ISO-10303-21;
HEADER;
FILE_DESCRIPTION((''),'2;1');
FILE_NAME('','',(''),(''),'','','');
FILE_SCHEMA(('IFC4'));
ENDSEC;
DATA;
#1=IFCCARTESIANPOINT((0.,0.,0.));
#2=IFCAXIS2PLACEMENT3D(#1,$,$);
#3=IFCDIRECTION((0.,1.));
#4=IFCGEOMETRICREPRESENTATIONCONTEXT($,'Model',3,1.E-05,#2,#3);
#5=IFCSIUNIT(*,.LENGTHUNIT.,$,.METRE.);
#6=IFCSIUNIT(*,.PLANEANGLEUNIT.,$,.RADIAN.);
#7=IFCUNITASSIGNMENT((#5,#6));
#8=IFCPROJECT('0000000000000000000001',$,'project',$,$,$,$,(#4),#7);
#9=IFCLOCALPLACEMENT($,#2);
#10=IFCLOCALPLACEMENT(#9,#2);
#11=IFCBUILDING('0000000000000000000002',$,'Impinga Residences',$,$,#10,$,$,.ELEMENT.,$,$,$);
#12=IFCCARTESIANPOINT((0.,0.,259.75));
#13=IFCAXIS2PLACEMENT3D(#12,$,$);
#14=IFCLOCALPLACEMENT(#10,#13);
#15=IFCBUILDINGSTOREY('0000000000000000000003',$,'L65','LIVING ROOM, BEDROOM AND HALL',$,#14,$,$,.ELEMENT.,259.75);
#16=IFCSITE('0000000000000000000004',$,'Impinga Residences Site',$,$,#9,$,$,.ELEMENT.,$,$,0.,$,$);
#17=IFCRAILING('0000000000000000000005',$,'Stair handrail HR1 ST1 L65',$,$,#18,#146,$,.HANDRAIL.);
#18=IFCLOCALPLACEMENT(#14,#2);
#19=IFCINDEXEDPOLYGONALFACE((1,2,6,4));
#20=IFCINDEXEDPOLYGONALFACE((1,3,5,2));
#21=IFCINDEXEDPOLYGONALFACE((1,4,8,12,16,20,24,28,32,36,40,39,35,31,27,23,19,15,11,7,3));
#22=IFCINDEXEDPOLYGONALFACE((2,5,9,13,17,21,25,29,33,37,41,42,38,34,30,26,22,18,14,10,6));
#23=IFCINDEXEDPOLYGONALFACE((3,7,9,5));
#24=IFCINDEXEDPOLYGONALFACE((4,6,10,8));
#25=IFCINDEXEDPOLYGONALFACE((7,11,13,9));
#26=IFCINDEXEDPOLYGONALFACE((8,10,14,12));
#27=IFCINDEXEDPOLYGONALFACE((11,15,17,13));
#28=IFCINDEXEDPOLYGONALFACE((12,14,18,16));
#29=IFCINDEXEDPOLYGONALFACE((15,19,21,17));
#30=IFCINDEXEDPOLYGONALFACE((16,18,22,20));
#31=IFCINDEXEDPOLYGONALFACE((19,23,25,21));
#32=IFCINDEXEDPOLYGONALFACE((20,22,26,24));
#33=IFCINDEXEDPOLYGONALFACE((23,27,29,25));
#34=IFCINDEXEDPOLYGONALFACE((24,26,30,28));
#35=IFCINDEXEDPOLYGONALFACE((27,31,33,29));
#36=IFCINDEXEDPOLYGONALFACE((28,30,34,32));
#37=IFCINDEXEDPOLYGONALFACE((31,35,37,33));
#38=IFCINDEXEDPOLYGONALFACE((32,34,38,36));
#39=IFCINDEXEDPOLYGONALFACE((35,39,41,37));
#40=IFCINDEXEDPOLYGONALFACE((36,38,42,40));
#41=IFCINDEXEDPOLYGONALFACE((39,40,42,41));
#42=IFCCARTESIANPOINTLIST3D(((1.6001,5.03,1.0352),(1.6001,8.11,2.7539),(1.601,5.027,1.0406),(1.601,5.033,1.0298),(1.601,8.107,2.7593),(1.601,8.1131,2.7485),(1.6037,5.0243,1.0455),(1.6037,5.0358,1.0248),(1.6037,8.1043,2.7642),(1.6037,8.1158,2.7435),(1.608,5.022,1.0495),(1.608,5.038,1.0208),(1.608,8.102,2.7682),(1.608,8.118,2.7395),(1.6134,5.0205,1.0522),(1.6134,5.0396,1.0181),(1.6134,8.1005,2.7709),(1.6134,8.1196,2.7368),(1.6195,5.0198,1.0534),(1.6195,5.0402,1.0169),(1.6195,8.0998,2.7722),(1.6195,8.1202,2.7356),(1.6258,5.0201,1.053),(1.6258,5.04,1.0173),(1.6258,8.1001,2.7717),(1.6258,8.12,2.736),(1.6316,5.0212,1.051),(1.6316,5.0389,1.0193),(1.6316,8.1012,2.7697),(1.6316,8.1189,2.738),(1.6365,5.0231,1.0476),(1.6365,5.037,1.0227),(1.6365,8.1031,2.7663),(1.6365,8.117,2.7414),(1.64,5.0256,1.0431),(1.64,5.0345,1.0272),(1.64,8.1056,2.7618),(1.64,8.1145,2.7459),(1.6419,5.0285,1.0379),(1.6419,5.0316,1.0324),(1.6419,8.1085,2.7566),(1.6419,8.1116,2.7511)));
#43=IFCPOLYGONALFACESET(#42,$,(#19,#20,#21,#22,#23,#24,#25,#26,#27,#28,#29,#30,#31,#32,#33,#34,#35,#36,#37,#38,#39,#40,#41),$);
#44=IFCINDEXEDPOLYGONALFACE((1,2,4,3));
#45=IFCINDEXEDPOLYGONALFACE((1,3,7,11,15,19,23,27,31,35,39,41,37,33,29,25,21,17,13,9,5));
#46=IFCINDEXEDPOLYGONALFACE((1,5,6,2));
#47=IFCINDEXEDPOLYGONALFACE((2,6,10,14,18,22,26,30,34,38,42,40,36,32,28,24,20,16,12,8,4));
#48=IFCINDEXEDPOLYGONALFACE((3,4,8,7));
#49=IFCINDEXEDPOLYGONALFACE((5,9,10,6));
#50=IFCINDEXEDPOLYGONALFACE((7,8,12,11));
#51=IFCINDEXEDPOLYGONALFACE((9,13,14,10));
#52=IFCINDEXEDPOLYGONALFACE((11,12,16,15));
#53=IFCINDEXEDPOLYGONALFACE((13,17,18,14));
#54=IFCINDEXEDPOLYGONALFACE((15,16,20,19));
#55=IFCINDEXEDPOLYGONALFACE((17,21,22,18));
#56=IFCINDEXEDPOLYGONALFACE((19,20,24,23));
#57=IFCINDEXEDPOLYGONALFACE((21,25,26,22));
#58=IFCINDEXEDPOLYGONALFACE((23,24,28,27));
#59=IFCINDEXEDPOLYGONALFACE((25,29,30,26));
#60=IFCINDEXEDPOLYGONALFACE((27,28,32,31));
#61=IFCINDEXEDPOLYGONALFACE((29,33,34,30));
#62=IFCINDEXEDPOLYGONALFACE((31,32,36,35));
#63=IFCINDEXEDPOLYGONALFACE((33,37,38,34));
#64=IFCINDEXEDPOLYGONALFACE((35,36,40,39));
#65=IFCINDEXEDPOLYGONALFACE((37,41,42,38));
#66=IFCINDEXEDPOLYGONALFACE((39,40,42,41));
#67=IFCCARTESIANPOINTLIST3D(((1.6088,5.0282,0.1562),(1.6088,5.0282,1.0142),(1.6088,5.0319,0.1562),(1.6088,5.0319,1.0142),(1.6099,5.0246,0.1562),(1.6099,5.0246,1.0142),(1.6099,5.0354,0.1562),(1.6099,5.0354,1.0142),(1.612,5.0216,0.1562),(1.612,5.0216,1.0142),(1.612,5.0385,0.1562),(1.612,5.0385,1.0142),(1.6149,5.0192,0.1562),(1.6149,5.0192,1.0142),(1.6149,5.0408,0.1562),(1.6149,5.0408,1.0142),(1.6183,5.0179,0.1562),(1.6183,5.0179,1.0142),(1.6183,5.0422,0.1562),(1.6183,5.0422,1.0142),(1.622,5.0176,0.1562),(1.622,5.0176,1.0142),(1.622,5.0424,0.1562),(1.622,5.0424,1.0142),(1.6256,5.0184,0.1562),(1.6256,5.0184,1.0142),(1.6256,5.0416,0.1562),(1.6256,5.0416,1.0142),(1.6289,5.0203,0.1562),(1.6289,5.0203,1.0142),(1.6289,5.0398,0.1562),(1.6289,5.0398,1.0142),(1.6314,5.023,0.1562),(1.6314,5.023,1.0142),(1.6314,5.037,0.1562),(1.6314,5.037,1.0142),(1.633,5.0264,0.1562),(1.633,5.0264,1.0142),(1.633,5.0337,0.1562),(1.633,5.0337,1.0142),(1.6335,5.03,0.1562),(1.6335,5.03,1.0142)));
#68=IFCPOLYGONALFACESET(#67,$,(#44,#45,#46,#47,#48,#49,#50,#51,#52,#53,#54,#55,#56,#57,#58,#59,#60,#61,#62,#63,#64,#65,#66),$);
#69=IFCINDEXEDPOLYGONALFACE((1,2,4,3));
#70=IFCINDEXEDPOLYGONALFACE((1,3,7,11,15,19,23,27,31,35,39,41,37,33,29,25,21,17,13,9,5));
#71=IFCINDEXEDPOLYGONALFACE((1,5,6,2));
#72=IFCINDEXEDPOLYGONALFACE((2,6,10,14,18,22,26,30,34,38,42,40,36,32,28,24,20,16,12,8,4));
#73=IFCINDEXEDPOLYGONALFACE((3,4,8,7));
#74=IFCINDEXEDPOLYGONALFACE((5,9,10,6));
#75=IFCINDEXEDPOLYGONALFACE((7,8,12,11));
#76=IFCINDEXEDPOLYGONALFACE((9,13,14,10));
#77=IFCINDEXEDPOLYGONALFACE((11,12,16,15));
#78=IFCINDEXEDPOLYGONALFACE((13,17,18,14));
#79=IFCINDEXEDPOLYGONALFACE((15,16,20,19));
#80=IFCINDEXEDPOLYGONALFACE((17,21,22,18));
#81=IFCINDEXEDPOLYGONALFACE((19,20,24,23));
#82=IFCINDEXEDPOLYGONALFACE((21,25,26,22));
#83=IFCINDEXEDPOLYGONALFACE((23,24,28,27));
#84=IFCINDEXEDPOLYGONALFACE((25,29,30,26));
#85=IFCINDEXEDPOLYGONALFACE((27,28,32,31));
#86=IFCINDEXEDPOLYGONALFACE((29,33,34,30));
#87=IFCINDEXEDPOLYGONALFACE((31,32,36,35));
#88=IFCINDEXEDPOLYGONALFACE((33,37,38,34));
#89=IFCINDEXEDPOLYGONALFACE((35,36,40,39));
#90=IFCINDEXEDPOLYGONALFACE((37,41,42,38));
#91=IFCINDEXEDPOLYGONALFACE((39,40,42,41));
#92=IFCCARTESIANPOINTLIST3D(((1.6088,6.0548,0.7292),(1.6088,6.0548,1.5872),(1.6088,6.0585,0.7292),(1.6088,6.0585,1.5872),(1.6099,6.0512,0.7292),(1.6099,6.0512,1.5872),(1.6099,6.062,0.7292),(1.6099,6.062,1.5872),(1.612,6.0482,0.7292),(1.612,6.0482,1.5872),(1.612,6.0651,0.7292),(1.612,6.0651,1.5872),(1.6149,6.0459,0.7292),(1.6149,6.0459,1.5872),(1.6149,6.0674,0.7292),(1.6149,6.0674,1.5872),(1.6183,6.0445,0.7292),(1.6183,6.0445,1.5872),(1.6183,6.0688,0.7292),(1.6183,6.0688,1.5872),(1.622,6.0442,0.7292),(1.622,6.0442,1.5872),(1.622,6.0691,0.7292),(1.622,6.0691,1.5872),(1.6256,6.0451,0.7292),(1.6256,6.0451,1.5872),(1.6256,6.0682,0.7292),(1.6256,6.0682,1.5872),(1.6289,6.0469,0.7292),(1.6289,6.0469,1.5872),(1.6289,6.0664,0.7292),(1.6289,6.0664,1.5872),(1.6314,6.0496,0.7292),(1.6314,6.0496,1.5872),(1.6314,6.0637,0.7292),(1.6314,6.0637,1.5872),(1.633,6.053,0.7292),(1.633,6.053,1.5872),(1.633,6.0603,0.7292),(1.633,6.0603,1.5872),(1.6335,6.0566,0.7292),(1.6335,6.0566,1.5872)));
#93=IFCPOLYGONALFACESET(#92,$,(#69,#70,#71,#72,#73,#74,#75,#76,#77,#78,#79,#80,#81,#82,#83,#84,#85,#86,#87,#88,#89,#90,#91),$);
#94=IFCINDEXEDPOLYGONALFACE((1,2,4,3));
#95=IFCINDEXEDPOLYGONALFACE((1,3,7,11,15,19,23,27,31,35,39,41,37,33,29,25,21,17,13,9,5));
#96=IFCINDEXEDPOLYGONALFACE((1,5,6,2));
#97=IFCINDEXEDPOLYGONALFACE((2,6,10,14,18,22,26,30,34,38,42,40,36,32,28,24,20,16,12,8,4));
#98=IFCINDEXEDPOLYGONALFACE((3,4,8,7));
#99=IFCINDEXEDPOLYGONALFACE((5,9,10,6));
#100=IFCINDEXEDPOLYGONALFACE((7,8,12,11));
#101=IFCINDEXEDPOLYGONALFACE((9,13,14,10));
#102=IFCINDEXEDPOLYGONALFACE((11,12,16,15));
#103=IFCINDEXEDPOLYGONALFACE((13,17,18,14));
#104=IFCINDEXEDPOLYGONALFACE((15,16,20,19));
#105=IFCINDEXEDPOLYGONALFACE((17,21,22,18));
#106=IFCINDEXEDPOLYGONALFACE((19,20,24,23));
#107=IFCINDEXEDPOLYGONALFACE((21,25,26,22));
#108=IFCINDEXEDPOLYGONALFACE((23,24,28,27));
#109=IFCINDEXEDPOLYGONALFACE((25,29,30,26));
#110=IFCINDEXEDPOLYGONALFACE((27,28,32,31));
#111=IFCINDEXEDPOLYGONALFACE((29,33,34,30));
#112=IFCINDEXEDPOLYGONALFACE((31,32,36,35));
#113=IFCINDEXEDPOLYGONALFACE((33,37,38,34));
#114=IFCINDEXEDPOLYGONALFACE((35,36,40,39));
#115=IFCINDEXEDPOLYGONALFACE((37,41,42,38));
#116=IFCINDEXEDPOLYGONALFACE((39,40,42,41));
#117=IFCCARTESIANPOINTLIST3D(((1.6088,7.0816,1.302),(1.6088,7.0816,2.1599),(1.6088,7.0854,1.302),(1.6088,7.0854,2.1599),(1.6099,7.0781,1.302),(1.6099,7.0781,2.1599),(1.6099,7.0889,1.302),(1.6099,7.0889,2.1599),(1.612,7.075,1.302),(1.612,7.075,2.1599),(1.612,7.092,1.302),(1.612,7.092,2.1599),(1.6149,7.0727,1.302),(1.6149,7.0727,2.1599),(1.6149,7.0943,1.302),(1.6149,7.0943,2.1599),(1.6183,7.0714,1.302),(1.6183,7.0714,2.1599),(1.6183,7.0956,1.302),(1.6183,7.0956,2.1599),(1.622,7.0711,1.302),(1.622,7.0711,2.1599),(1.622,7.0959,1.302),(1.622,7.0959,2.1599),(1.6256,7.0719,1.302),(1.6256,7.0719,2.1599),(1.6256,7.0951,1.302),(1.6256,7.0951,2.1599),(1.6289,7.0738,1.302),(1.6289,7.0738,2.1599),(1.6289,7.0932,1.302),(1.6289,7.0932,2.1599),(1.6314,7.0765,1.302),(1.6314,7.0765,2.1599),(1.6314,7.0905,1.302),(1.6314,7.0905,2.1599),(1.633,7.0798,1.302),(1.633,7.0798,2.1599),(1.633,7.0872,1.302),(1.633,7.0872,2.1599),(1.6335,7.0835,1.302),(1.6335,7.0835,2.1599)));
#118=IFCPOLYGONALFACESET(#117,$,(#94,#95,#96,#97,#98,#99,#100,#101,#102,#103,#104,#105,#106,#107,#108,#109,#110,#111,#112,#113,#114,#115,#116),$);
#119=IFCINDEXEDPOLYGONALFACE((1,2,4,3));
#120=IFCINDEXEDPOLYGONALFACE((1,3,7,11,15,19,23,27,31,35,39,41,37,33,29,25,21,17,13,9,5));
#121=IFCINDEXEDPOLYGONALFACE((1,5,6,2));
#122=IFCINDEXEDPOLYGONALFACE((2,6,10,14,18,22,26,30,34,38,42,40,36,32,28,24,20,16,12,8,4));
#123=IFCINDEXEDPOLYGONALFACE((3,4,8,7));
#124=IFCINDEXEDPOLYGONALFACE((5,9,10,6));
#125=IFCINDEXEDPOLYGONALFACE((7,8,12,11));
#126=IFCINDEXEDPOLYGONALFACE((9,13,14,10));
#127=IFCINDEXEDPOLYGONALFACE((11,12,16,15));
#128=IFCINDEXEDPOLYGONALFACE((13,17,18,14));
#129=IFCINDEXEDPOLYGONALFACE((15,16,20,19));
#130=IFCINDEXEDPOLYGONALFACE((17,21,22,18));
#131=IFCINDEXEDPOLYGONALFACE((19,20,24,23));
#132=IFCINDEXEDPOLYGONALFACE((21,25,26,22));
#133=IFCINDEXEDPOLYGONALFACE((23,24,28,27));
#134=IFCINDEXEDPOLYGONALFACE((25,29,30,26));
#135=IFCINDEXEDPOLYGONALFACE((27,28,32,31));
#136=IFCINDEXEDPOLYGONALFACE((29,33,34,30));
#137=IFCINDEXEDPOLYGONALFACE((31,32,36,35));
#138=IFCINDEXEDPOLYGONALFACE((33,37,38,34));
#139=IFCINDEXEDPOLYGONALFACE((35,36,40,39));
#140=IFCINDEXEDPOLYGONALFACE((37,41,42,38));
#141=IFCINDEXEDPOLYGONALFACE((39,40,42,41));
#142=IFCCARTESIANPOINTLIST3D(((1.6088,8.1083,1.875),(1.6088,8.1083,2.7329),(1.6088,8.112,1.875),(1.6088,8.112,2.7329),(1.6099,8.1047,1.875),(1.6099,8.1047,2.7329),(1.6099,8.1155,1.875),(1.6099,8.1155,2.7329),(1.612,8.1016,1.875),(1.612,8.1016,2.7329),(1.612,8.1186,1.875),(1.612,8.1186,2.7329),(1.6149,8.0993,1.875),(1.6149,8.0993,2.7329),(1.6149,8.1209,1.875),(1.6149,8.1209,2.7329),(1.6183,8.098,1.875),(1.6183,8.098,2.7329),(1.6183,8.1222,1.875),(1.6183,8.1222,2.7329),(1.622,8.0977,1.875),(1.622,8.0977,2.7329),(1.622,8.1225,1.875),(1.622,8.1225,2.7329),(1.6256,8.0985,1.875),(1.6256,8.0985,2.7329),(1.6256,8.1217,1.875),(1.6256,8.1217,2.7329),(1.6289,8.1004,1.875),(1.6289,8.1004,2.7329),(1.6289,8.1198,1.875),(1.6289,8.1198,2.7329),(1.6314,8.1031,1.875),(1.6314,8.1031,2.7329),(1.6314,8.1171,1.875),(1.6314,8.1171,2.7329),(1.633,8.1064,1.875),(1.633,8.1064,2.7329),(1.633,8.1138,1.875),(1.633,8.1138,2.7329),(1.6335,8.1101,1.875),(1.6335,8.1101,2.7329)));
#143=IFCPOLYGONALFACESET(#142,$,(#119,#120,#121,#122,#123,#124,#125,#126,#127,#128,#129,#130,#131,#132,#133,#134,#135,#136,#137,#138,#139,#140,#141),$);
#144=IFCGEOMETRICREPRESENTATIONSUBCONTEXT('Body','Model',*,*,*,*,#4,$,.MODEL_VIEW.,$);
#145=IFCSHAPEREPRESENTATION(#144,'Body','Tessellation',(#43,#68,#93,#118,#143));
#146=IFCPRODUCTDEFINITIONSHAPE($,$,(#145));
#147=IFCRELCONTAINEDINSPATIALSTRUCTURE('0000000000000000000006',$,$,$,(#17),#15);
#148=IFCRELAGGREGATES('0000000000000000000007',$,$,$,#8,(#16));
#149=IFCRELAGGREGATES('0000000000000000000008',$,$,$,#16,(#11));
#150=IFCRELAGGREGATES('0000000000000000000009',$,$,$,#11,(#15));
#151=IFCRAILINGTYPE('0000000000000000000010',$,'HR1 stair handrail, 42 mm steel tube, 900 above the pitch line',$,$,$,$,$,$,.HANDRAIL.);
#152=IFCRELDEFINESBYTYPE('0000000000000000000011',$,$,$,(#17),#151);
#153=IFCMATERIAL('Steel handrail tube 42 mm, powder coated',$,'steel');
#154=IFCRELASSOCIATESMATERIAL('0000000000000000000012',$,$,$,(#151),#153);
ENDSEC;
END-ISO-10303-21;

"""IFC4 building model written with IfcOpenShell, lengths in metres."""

from ifc_helpers import new_model, si_unit, direction, frame, origin, origin_2d, place, context, subcontext, project, spatial, circle, extrude, material, type_object, element, save


model = new_model("IFC4")

# Units and contexts
model_context = context("Model", 3, precision=1e-05, world=origin(), true_north=direction((0.0, 1.0)))
body_context = subcontext(model_context, "Body", "Model", "MODEL_VIEW")
ifc_project = project(units=[si_unit("LENGTHUNIT", "METRE"), si_unit("PLANEANGLEUNIT", "RADIAN")], contexts=[model_context])

# Site, building, storey
site_placement = place(None, origin())
site = spatial("IfcSite", under=ifc_project, at=site_placement, Name="Impinga Residences Site", CompositionType="ELEMENT", RefElevation=0.0)
building_placement = place(site_placement, origin())
building = spatial("IfcBuilding", under=site, at=building_placement, Name="Impinga Residences", CompositionType="ELEMENT")
storey_placement = place(building_placement, frame((0.0, 0.0, 259.75)))
storey = spatial("IfcBuildingStorey", under=building, at=storey_placement, Name="L65", Description="LIVING ROOM, BEDROOM AND HALL", CompositionType="ELEMENT", Elevation=259.75)

# Railing
ifc_material_1 = material(Name="Steel handrail tube 42 mm, powder coated", Category="steel")
railing_type_1 = type_object("IfcRailingType", Name="HR1 stair handrail, 42 mm steel tube, 900 above the pitch line", PredefinedType="HANDRAIL", material=ifc_material_1)
railing_1_placement = place(storey_placement, frame((1.6211, 5.03, 0.1562)))
element("IfcRailing", 1, at=railing_1_placement, inside=storey, type_object=railing_type_1, Name="Stair handrail HR1 ST1 L65", PredefinedType="HANDRAIL", context=body_context, shape_type="SweptSolid", body=[
    extrude(circle(Radius=0.021, at=origin_2d()), frame((0.0, 0.0, 0.8789), z_axis=(0.0, 0.873242, 0.487288), x_axis=(-1.0, 0.0, 0.0)), (0.0, 0.0, 1.0), 3.5271),
    extrude(circle(Radius=0.0125, at=origin_2d()), origin(), (0.0, 0.0, 1.0), 0.8579),
    extrude(circle(Radius=0.0125, at=origin_2d()), frame((0.0, 1.0266, 0.573)), (0.0, 0.0, 1.0), 0.8579),
    extrude(circle(Radius=0.0125, at=origin_2d()), frame((0.0, 2.0535, 1.1458)), (0.0, 0.0, 1.0), 0.8579),
    extrude(circle(Radius=0.0125, at=origin_2d()), frame((0.0, 3.0801, 1.7188)), (0.0, 0.0, 1.0), 0.8579),
])

save(model, "model.ifc")
